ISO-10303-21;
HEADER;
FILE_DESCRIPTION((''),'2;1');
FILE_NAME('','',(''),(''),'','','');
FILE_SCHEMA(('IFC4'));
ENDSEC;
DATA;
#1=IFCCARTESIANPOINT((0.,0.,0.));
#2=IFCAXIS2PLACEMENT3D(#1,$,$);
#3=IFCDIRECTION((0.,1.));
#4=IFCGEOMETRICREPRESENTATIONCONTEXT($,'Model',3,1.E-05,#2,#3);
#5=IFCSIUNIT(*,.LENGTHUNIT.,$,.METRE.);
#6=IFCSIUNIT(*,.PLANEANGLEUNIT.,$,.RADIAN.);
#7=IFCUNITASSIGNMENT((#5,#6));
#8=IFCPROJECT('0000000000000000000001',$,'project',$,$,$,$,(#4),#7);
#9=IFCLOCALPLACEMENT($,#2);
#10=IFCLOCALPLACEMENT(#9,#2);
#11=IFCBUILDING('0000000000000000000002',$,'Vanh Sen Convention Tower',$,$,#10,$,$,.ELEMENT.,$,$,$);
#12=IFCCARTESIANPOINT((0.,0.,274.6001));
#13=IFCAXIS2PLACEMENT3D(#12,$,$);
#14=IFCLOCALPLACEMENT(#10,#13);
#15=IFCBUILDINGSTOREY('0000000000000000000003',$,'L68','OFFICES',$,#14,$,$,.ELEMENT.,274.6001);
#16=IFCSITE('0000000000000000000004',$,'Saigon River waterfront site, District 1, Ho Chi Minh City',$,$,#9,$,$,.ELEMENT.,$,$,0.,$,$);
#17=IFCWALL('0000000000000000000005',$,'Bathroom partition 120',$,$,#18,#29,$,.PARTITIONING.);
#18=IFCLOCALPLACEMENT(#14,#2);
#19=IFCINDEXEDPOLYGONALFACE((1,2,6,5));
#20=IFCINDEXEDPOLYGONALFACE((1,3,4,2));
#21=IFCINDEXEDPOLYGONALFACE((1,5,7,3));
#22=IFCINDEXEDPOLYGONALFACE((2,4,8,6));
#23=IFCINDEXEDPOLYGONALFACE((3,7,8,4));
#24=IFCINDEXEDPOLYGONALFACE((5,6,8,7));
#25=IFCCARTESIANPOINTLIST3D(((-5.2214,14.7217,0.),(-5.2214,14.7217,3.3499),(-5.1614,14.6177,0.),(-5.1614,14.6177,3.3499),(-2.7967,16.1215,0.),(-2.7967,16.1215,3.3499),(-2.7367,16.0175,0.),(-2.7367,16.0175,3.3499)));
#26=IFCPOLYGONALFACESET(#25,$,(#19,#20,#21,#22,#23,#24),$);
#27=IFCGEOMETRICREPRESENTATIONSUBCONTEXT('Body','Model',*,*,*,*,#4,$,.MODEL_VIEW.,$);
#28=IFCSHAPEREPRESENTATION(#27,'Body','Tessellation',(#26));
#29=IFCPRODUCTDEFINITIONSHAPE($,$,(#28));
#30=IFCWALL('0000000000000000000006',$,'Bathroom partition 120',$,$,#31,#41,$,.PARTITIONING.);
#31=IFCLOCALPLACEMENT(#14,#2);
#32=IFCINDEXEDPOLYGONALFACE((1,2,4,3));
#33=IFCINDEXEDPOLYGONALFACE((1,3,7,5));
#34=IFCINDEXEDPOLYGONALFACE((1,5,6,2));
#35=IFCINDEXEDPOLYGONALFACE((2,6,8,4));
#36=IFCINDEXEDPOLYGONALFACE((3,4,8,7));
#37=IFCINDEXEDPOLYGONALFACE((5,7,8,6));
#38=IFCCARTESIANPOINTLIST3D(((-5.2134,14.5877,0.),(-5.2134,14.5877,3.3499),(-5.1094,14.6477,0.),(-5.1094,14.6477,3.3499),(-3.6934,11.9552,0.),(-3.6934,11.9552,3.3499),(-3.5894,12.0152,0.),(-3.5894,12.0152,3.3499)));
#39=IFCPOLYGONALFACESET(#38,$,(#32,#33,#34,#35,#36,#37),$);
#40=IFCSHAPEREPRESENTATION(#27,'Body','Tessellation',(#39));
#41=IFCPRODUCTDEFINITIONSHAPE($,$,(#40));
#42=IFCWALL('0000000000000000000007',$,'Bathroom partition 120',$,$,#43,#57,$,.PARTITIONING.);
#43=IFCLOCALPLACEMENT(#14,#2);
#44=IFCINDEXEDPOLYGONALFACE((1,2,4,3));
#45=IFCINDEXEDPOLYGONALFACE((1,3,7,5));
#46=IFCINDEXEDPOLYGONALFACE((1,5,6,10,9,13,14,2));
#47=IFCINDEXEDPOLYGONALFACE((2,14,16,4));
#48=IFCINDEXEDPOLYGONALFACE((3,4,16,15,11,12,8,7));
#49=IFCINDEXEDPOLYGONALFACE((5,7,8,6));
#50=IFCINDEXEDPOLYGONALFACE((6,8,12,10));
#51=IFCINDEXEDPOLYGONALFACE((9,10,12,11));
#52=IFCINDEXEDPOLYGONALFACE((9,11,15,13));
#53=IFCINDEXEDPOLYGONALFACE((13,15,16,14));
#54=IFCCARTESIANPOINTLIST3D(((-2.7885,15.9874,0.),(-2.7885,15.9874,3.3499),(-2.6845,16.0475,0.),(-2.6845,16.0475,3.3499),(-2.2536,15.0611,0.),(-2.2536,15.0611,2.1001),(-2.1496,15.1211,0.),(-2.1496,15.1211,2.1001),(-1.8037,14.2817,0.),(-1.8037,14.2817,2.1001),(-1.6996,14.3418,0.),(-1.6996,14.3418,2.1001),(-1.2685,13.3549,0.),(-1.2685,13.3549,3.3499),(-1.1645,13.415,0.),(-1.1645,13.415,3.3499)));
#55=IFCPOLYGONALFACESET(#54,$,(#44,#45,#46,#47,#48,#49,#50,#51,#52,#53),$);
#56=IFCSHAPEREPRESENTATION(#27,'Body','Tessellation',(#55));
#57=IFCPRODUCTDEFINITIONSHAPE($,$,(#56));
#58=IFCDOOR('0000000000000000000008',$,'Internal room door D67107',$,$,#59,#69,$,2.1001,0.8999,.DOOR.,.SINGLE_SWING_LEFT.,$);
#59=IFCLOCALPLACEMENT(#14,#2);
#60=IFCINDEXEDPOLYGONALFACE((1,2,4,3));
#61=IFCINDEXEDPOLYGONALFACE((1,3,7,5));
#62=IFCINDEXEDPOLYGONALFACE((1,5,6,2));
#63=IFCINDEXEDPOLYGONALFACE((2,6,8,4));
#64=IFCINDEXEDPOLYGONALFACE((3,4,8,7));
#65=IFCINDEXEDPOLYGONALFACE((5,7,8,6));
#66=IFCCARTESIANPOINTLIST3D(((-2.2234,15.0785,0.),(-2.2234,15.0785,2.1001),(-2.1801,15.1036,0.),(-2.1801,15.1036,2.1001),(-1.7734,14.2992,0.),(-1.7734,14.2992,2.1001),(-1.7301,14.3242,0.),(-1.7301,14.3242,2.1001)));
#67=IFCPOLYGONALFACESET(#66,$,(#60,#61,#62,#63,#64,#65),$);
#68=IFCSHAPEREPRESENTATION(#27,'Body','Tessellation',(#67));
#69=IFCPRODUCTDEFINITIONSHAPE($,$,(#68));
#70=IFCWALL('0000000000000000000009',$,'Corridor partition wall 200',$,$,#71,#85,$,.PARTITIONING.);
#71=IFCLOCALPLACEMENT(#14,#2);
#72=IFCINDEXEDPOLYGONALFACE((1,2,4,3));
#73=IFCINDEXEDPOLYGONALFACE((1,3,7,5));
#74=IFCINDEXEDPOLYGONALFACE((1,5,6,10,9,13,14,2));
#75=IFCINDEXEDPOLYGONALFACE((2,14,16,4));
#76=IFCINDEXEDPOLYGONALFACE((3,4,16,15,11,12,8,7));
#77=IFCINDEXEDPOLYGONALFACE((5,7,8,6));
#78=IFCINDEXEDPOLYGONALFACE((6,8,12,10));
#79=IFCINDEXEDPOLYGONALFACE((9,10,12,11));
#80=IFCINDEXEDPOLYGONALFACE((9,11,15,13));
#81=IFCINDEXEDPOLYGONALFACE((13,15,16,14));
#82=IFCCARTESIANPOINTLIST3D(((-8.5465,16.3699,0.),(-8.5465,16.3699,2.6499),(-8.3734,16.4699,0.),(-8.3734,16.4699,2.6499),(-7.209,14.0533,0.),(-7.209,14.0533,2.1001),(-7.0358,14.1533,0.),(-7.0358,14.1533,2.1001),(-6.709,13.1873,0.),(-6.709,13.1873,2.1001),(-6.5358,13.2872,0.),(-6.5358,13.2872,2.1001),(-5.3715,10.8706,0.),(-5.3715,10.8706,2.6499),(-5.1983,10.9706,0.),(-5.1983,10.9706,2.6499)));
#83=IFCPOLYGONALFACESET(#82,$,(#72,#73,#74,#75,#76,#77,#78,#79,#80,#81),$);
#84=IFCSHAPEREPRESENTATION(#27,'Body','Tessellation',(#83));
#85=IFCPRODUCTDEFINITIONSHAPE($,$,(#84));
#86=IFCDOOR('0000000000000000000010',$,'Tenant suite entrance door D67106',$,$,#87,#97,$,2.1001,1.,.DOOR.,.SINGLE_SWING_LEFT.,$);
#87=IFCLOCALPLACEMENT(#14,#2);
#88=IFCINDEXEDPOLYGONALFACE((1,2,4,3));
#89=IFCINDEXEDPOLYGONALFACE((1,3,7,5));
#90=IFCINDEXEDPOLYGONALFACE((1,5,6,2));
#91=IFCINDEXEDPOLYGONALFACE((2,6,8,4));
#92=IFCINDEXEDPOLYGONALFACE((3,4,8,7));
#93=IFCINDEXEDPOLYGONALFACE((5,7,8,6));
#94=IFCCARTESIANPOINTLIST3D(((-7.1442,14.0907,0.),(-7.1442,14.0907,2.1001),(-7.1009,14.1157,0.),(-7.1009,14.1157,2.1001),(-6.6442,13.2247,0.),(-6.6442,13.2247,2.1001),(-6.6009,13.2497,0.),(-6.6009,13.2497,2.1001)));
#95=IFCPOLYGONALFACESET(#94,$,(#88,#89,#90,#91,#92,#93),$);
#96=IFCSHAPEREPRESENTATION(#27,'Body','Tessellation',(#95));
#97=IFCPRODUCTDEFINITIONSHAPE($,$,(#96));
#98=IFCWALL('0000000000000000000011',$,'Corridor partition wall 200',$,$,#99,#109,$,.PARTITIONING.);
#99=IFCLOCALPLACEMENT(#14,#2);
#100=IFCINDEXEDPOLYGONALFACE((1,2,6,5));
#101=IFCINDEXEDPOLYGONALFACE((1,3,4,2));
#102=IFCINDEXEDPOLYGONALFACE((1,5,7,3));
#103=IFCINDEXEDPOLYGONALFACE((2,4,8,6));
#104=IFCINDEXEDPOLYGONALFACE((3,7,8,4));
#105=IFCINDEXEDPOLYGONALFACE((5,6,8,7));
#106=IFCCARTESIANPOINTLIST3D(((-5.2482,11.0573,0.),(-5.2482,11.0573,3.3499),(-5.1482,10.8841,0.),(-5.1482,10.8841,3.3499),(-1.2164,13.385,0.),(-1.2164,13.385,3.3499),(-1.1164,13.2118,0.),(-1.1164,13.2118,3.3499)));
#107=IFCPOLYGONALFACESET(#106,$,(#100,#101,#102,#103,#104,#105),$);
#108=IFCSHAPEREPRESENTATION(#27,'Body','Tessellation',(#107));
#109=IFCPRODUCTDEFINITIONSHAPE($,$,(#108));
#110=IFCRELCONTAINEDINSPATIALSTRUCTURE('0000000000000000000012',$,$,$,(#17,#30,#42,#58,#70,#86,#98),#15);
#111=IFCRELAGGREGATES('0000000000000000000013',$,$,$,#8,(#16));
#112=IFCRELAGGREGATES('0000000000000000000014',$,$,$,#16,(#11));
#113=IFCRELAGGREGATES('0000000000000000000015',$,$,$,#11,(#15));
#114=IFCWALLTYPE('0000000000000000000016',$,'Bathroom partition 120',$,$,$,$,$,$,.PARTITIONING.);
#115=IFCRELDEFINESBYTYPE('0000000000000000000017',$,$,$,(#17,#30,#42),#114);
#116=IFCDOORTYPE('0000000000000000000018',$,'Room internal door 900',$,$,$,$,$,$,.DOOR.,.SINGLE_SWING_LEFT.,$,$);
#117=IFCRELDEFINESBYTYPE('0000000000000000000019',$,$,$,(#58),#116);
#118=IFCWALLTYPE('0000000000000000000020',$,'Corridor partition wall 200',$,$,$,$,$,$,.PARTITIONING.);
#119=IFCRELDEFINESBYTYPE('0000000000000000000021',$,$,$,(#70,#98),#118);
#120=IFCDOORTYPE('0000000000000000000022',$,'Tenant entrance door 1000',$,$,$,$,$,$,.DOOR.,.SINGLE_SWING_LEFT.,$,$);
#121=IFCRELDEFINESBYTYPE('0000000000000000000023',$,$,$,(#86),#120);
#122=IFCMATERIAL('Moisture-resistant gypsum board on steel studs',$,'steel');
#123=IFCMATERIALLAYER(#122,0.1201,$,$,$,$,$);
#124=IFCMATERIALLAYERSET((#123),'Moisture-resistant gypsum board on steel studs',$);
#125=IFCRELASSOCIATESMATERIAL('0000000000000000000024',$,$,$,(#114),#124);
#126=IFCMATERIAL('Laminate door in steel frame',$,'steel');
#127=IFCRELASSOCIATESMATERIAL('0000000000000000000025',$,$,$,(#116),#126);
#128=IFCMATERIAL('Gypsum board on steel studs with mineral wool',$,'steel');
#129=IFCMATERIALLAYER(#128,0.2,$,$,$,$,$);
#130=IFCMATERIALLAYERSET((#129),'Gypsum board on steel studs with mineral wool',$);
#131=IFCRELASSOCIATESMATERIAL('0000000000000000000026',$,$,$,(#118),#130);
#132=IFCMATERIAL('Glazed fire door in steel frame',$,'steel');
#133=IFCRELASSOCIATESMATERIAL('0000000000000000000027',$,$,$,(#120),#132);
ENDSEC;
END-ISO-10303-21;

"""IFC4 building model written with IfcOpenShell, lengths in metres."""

from ifc_helpers import new_model, si_unit, direction, frame, frame_2d, origin, place, context, subcontext, project, spatial, rectangle, extrude, material, layer, layer_set, type_object, element, fill, save


model = new_model("IFC4")

# Units and contexts
model_context = context("Model", 3, precision=1e-05, world=origin(), true_north=direction((0.0, 1.0)))
body_context = subcontext(model_context, "Body", "Model", "MODEL_VIEW")
ifc_project = project(units=[si_unit("LENGTHUNIT", "METRE"), si_unit("PLANEANGLEUNIT", "RADIAN")], contexts=[model_context])

# Site, building, storey
site_placement = place(None, origin())
site = spatial("IfcSite", under=ifc_project, at=site_placement, Name="Saigon River waterfront site, District 1, Ho Chi Minh City", CompositionType="ELEMENT", RefElevation=0.0)
building_placement = place(site_placement, origin())
building = spatial("IfcBuilding", under=site, at=building_placement, Name="Vanh Sen Convention Tower", CompositionType="ELEMENT")
storey_placement = place(building_placement, frame((0.0, 0.0, 274.6001)))
storey = spatial("IfcBuildingStorey", under=building, at=storey_placement, Name="L68", Description="OFFICES", CompositionType="ELEMENT", Elevation=274.6001)

# Walls
ifc_material_1 = material(Name="Moisture-resistant gypsum board on steel studs", Category="steel")
ifc_layer_1 = layer(ifc_material_1, 0.1201)
ifc_layer_set_1 = layer_set([ifc_layer_1], Name="Moisture-resistant gypsum board on steel studs")
wall_type_1 = type_object("IfcWallType", Name="Bathroom partition 120", PredefinedType="PARTITIONING", material=ifc_layer_set_1)
wall_1_placement = place(storey_placement, frame((-5.1914, 14.6697, 0.0), z_axis=(0.0, 0.0, 1.0), x_axis=(0.866035, 0.499984, 0.0)))
element("IfcWall", 1, at=wall_1_placement, inside=storey, type_object=wall_type_1, Name="Bathroom partition 120", PredefinedType="PARTITIONING", context=body_context, shape_type="SweptSolid", body=[
    extrude(rectangle(XDim=2.7998, YDim=0.1201, at=frame_2d((1.3999, 0.0))), origin(), (0.0, 0.0, 1.0), 3.3499),
])
wall_2_placement = place(storey_placement, frame((-3.6414, 11.9851, 0.0), z_axis=(0.0, 0.0, 1.0), x_axis=(-0.500026, 0.86601, 0.0)))
element("IfcWall", 2, at=wall_2_placement, inside=storey, type_object=wall_type_1, Name="Bathroom partition 120", PredefinedType="PARTITIONING", context=body_context, shape_type="SweptSolid", body=[
    extrude(rectangle(XDim=3.0398, YDim=0.1201, at=frame_2d((1.52, 0.0))), origin(), (0.0, 0.0, 1.0), 3.3499),
])

# Walls, openings, doors
wall_3_placement = place(storey_placement, frame((-2.7366, 16.0176, 0.0), z_axis=(0.0, 0.0, 1.0), x_axis=(0.500026, -0.86601, 0.0)))
wall_3 = element("IfcWall", 3, at=wall_3_placement, inside=storey, type_object=wall_type_1, Name="Bathroom partition 120", PredefinedType="PARTITIONING", context=body_context, shape_type="SweptSolid", body=[
    extrude(rectangle(XDim=3.0398, YDim=0.1201, at=frame_2d((1.52, 0.0))), origin(), (0.0, 0.0, 1.0), 3.3499),
])
opening_1_placement = place(wall_3_placement, frame((1.0698, 0.0, 0.0)))
opening_1 = element("IfcOpeningElement", 4, at=opening_1_placement, cuts=wall_3, PredefinedType="OPENING", context=body_context, shape_type="SweptSolid", body=[
    extrude(rectangle(XDim=0.8999, YDim=2.1001, at=frame_2d((0.45, 1.05))), frame((0.0, 0.0701, 0.0), z_axis=(0.0, -1.0, 0.0), x_axis=(1.0, 0.0, 0.0)), (0.0, 0.0, 1.0), 0.1401),
])
ifc_material_2 = material(Name="Laminate door in steel frame", Category="steel")
door_type_1 = type_object("IfcDoorType", Name="Room internal door 900", OperationType="SINGLE_SWING_LEFT", PredefinedType="DOOR", material=ifc_material_2)
door_1_placement = place(opening_1_placement, origin())
door_1 = element("IfcDoor", 5, at=door_1_placement, inside=storey, type_object=door_type_1, Name="Internal room door D67107", OperationType="SINGLE_SWING_LEFT", OverallHeight=2.1001, OverallWidth=0.8999, PredefinedType="DOOR", context=body_context, shape_type="SweptSolid", body=[
    extrude(rectangle(XDim=0.8999, YDim=2.1001, at=frame_2d((0.45, 1.05))), frame((0.0, 0.0249, 0.0), z_axis=(0.0, -1.0, 0.0), x_axis=(1.0, 0.0, 0.0)), (0.0, 0.0, 1.0), 0.05),
])
fill(opening_1, door_1)
ifc_material_3 = material(Name="Gypsum board on steel studs with mineral wool", Category="steel")
ifc_layer_2 = layer(ifc_material_3, 0.2)
ifc_layer_set_2 = layer_set([ifc_layer_2], Name="Gypsum board on steel studs with mineral wool")
wall_type_2 = type_object("IfcWallType", Name="Corridor partition wall 200", PredefinedType="PARTITIONING", material=ifc_layer_set_2)
wall_4_placement = place(storey_placement, frame((-8.46, 16.4199, 0.0), z_axis=(0.0, 0.0, 1.0), x_axis=(0.500005, -0.866022, 0.0)))
wall_4 = element("IfcWall", 6, at=wall_4_placement, inside=storey, type_object=wall_type_2, Name="Corridor partition wall 200", PredefinedType="PARTITIONING", context=body_context, shape_type="SweptSolid", body=[
    extrude(rectangle(XDim=6.3501, YDim=0.2, at=frame_2d((3.175, 0.0))), origin(), (0.0, 0.0, 1.0), 2.6499),
])
opening_2_placement = place(wall_4_placement, frame((2.675, 0.0, 0.0)))
opening_2 = element("IfcOpeningElement", 7, at=opening_2_placement, cuts=wall_4, PredefinedType="OPENING", context=body_context, shape_type="SweptSolid", body=[
    extrude(rectangle(XDim=1.0, YDim=2.1001, at=frame_2d((0.5, 1.05))), frame((0.0, 0.1099, 0.0), z_axis=(0.0, -1.0, 0.0), x_axis=(1.0, 0.0, 0.0)), (0.0, 0.0, 1.0), 0.22),
])
ifc_material_4 = material(Name="Glazed fire door in steel frame", Category="steel")
door_type_2 = type_object("IfcDoorType", Name="Tenant entrance door 1000", OperationType="SINGLE_SWING_LEFT", PredefinedType="DOOR", material=ifc_material_4)
door_2_placement = place(opening_2_placement, origin())
door_2 = element("IfcDoor", 8, at=door_2_placement, inside=storey, type_object=door_type_2, Name="Tenant suite entrance door D67106", OperationType="SINGLE_SWING_LEFT", OverallHeight=2.1001, OverallWidth=1.0, PredefinedType="DOOR", context=body_context, shape_type="SweptSolid", body=[
    extrude(rectangle(XDim=1.0, YDim=2.1001, at=frame_2d((0.5, 1.05))), frame((0.0, 0.0249, 0.0), z_axis=(0.0, -1.0, 0.0), x_axis=(1.0, 0.0, 0.0)), (0.0, 0.0, 1.0), 0.05),
])
fill(opening_2, door_2)

# Wall
wall_5_placement = place(storey_placement, frame((-1.1665, 13.2983, 0.0), z_axis=(0.0, 0.0, 1.0), x_axis=(-0.866034, -0.499986, 0.0)))
element("IfcWall", 9, at=wall_5_placement, inside=storey, type_object=wall_type_2, Name="Corridor partition wall 200", PredefinedType="PARTITIONING", context=body_context, shape_type="SweptSolid", body=[
    extrude(rectangle(XDim=4.6555, YDim=0.2, at=frame_2d((2.3276, 0.0))), origin(), (0.0, 0.0, 1.0), 3.3499),
])

save(model, "model.ifc")
